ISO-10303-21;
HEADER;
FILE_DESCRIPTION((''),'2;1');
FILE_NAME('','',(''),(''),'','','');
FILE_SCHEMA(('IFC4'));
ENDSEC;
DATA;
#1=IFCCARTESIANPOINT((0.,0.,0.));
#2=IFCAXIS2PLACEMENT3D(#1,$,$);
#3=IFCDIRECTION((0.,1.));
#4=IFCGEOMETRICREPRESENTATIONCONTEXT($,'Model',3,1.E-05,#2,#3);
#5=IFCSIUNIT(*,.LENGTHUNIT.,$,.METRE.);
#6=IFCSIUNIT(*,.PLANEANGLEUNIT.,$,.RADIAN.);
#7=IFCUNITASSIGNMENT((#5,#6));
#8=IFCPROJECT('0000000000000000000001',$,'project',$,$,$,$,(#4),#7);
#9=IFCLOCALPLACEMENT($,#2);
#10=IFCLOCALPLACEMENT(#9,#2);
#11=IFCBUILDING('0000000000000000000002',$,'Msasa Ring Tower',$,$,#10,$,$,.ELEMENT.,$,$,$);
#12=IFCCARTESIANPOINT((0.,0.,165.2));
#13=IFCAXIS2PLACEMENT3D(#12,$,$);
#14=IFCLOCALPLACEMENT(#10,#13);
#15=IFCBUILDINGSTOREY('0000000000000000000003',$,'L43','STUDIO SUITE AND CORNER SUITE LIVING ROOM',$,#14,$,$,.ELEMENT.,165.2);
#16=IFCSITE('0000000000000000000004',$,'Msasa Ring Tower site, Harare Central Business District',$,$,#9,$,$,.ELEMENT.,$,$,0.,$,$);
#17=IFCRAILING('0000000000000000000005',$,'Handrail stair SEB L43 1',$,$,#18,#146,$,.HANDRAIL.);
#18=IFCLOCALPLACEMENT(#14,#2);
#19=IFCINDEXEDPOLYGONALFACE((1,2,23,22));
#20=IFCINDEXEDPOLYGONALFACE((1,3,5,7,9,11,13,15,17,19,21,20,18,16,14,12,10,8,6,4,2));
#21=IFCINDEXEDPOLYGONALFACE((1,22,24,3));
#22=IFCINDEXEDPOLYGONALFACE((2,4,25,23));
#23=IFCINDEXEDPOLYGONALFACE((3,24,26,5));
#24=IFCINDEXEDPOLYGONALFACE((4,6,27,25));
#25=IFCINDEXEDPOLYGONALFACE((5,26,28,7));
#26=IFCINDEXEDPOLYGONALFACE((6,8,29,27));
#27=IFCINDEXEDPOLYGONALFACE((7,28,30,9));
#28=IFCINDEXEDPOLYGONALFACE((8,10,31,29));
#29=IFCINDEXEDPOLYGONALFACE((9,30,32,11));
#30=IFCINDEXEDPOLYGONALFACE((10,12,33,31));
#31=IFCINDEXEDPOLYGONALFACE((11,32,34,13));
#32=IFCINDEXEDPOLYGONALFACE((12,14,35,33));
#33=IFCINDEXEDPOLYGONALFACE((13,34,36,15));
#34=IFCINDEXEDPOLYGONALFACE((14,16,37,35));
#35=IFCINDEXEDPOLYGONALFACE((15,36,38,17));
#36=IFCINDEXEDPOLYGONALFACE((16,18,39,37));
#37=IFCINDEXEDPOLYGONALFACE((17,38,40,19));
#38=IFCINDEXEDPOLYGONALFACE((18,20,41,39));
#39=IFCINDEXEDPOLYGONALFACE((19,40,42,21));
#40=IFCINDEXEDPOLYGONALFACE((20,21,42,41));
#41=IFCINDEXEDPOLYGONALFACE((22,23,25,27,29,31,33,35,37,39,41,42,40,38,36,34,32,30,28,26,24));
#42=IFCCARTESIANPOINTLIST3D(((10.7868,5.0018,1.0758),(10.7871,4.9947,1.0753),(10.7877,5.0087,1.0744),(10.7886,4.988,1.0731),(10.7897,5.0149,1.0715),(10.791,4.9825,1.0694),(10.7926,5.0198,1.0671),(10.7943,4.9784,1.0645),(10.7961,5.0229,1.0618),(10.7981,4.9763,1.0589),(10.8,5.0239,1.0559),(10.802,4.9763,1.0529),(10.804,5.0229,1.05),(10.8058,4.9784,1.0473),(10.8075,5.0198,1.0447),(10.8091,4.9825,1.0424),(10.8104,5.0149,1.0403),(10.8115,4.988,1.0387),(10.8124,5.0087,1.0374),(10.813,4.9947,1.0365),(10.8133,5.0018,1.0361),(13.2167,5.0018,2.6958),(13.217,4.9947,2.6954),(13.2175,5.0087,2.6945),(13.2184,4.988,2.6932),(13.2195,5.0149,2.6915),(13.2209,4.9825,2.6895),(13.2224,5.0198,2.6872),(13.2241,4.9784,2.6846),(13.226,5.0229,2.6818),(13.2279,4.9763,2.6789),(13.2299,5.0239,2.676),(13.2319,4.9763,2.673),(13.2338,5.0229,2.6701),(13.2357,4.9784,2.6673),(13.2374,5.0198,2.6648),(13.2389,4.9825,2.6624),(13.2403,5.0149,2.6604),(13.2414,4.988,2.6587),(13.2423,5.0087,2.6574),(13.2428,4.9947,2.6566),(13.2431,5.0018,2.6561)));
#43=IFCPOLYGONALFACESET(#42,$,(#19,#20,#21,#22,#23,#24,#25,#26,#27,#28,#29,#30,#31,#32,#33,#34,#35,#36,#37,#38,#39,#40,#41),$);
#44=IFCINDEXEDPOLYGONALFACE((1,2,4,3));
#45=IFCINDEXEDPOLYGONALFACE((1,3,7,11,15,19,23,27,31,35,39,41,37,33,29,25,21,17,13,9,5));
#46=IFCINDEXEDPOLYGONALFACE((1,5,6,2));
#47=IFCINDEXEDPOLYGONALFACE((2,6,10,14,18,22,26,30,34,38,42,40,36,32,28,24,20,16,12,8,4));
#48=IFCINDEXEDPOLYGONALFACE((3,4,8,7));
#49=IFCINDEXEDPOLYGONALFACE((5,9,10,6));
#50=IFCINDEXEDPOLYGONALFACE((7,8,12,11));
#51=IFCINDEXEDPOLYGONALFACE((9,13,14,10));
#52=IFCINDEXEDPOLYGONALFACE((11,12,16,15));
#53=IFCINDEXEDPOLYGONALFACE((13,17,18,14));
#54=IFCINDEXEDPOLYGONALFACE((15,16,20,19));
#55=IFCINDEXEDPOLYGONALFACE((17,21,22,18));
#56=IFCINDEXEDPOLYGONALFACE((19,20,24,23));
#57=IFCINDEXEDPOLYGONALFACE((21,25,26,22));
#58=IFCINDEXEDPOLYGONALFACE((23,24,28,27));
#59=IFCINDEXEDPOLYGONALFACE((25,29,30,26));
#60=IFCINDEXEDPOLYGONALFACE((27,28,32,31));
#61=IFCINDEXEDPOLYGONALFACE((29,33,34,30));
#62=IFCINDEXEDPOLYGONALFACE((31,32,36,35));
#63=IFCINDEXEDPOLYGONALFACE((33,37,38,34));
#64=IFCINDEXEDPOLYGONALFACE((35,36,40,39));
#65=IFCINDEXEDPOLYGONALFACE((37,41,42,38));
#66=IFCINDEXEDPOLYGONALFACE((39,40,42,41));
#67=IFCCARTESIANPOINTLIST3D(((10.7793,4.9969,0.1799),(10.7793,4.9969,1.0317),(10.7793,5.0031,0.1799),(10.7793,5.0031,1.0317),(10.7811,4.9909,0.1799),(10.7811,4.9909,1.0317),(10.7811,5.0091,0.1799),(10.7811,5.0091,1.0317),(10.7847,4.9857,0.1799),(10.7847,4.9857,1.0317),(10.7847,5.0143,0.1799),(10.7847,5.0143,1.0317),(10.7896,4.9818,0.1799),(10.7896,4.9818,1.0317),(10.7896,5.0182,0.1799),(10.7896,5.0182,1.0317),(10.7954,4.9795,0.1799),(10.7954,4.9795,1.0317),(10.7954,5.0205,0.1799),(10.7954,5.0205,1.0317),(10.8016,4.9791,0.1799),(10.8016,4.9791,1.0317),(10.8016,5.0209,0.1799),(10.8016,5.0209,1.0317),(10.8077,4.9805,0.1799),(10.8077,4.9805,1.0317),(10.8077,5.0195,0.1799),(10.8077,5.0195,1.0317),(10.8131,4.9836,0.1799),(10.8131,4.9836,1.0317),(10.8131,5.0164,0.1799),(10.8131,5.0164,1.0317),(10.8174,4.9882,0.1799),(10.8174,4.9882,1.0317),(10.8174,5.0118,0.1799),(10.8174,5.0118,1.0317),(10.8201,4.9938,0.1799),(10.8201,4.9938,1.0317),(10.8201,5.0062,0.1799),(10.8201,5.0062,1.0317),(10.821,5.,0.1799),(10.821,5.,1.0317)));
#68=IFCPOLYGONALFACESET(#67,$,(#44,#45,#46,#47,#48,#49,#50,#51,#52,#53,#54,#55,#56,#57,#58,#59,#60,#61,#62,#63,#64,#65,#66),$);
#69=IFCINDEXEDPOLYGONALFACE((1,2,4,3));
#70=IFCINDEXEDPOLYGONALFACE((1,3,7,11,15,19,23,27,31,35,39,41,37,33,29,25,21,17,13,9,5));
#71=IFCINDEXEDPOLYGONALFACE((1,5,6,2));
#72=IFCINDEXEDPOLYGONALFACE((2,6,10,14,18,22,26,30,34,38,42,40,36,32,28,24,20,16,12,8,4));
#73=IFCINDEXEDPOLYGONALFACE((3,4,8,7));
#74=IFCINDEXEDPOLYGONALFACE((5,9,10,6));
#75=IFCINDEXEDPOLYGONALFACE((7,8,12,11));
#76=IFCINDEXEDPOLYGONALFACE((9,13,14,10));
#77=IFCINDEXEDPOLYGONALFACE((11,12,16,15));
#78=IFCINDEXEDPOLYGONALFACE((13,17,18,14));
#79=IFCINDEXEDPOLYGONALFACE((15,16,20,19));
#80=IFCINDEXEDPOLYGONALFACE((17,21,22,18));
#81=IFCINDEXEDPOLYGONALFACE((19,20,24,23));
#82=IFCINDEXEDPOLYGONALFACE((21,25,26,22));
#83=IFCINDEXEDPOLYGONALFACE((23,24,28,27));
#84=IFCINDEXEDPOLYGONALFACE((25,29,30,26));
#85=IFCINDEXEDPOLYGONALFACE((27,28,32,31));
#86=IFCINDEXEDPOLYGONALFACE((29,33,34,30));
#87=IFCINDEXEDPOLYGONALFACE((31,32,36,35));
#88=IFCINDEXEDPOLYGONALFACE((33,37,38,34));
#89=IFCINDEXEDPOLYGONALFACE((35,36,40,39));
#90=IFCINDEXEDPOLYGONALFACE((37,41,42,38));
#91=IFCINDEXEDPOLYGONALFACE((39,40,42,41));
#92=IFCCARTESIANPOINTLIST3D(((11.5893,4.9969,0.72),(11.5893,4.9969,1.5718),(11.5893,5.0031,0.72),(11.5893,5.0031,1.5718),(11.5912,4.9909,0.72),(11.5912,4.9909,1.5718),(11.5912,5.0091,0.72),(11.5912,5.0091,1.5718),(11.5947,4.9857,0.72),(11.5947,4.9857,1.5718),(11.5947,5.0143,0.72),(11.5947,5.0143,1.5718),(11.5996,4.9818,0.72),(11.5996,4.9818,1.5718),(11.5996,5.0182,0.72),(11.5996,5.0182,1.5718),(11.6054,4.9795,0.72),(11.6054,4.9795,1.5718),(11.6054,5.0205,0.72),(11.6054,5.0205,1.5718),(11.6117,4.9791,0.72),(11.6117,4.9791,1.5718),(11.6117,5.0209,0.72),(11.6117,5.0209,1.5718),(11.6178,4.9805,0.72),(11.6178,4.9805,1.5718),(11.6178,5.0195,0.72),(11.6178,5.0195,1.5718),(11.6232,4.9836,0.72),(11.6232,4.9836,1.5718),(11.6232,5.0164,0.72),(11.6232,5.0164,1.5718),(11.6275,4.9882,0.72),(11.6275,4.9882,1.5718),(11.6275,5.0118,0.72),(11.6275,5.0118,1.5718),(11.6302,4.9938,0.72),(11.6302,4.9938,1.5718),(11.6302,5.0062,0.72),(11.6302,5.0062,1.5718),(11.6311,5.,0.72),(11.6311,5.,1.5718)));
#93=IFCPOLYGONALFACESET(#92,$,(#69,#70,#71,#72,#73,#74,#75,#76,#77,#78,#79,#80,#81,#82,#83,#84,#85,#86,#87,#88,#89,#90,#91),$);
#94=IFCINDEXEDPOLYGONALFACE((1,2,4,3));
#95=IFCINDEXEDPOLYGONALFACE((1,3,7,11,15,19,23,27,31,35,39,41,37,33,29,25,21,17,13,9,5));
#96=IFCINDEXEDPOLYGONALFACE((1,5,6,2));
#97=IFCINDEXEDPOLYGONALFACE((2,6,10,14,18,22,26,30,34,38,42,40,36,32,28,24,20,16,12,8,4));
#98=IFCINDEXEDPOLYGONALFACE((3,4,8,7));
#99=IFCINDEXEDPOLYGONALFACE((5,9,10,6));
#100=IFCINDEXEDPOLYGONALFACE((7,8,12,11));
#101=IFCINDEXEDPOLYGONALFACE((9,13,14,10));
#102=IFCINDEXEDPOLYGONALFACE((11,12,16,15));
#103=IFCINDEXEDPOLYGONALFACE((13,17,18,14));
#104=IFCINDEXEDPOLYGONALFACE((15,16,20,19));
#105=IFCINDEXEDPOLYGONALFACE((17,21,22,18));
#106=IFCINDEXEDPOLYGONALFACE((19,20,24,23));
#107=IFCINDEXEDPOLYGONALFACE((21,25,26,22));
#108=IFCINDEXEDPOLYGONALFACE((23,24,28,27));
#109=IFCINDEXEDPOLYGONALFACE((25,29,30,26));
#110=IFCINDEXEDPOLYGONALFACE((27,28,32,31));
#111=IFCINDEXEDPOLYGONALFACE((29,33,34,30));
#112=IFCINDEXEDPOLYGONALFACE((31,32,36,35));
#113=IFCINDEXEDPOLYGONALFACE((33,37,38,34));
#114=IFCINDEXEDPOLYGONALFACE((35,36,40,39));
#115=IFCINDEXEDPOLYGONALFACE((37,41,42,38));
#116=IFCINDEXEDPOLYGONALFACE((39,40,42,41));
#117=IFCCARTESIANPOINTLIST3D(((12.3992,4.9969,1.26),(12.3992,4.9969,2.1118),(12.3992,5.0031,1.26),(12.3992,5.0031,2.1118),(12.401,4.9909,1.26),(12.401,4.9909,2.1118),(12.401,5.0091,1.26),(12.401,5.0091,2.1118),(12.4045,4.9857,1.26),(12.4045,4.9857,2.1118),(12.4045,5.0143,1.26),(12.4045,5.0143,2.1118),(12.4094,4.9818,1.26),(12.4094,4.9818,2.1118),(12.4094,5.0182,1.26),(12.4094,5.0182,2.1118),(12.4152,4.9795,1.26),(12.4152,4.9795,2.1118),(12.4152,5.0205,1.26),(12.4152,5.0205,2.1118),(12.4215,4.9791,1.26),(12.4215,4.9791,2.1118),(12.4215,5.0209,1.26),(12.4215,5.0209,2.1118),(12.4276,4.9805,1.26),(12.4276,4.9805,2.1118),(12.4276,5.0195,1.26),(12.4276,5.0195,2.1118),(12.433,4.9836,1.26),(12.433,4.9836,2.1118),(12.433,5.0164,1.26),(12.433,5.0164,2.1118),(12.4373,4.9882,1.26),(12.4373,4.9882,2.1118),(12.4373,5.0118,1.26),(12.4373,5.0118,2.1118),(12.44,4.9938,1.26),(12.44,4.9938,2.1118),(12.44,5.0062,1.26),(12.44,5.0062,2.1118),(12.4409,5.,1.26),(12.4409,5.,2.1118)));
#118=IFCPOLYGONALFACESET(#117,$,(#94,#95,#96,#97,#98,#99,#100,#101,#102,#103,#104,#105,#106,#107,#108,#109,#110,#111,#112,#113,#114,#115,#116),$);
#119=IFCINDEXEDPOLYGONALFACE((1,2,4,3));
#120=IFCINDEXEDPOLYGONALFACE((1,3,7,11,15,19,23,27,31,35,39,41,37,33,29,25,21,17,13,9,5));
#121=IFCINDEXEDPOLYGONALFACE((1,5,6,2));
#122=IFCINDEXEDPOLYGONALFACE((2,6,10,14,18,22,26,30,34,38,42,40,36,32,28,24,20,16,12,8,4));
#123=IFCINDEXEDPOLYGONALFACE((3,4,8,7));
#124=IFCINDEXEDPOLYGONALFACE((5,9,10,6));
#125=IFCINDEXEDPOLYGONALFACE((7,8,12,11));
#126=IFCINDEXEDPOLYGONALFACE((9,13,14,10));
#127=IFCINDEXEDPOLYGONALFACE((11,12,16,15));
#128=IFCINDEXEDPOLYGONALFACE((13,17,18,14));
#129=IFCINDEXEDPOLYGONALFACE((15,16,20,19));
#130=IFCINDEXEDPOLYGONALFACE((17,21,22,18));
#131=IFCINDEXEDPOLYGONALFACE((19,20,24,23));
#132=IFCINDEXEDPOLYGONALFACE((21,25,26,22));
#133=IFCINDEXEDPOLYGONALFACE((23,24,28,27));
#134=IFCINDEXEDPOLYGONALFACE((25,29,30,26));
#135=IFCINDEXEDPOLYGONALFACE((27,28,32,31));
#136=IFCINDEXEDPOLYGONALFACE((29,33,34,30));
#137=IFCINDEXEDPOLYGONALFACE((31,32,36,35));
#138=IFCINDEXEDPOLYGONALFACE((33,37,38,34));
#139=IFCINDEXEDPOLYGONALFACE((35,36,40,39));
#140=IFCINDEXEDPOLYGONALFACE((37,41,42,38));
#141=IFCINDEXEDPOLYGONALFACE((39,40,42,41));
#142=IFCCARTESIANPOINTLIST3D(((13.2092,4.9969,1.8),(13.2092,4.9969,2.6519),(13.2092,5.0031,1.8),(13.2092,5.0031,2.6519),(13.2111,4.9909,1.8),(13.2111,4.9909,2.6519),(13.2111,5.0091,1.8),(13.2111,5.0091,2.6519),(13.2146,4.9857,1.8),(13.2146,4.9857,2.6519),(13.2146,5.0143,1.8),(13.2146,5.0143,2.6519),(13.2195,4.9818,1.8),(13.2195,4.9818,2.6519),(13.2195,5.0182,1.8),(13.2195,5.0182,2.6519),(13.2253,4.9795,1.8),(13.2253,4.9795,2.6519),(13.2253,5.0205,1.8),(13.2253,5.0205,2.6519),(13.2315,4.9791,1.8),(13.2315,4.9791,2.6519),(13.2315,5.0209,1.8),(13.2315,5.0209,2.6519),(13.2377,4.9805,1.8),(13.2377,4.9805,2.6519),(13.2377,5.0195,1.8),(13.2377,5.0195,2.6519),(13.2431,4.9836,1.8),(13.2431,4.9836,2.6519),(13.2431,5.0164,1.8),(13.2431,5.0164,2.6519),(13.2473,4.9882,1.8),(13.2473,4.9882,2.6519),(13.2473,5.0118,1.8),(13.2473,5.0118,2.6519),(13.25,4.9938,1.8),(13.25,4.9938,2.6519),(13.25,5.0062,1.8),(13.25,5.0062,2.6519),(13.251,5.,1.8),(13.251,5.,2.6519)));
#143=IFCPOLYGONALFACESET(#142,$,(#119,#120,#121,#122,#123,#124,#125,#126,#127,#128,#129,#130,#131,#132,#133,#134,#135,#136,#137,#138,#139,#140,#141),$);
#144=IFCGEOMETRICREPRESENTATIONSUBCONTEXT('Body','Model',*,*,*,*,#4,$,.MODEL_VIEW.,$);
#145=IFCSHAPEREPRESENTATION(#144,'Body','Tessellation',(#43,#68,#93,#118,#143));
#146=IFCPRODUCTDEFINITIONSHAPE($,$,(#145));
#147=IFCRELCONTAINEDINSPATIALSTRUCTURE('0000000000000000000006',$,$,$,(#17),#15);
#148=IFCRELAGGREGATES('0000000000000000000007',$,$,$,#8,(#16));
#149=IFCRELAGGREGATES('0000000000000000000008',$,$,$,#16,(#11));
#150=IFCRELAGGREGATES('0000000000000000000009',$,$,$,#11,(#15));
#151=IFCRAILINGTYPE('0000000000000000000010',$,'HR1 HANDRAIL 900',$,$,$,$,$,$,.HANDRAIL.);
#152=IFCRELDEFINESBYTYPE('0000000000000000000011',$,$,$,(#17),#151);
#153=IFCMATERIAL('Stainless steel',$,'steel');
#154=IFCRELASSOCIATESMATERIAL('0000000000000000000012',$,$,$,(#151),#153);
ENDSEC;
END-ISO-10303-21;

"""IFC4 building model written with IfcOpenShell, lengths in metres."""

from ifc_helpers import new_model, si_unit, direction, frame, origin, origin_2d, place, context, subcontext, project, spatial, circle, extrude, material, type_object, element, save


model = new_model("IFC4")

# Units and contexts
model_context = context("Model", 3, precision=1e-05, world=origin(), true_north=direction((0.0, 1.0)))
body_context = subcontext(model_context, "Body", "Model", "MODEL_VIEW")
ifc_project = project(units=[si_unit("LENGTHUNIT", "METRE"), si_unit("PLANEANGLEUNIT", "RADIAN")], contexts=[model_context])

# Site, building, storey
site_placement = place(None, origin())
site = spatial("IfcSite", under=ifc_project, at=site_placement, Name="Msasa Ring Tower site, Harare Central Business District", CompositionType="ELEMENT", RefElevation=0.0)
building_placement = place(site_placement, origin())
building = spatial("IfcBuilding", under=site, at=building_placement, Name="Msasa Ring Tower", CompositionType="ELEMENT")
storey_placement = place(building_placement, frame((0.0, 0.0, 165.2)))
storey = spatial("IfcBuildingStorey", under=building, at=storey_placement, Name="L43", Description="STUDIO SUITE AND CORNER SUITE LIVING ROOM", CompositionType="ELEMENT", Elevation=165.2)

# Railing
ifc_material_1 = material(Name="Stainless steel", Category="steel")
railing_type = type_object("IfcRailingType", Name="HR1 HANDRAIL 900", PredefinedType="HANDRAIL", material=ifc_material_1)
railing_placement = place(storey_placement, frame((10.8, 5.0, 0.1799)))
element("IfcRailing", 1, at=railing_placement, inside=storey, type_object=railing_type, Name="Handrail stair SEB L43 1", PredefinedType="HANDRAIL", context=body_context, shape_type="SweptSolid", body=[
    extrude(circle(Radius=0.0239, at=origin_2d()), frame((0.0, 0.0, 0.876), z_axis=(0.832025, 0.0, 0.554739), x_axis=(0.0, 1.0, 0.0)), (0.0, 0.0, 1.0), 2.9204),
    extrude(circle(Radius=0.021, at=origin_2d()), origin(), (0.0, 0.0, 1.0), 0.8518),
    extrude(circle(Radius=0.021, at=origin_2d()), frame((0.8101, 0.0, 0.54)), (0.0, 0.0, 1.0), 0.8518),
    extrude(circle(Radius=0.021, at=origin_2d()), frame((1.6199, 0.0, 1.0801)), (0.0, 0.0, 1.0), 0.8518),
    extrude(circle(Radius=0.021, at=origin_2d()), frame((2.4299, 0.0, 1.6201)), (0.0, 0.0, 1.0), 0.8518),
])

save(model, "model.ifc")
